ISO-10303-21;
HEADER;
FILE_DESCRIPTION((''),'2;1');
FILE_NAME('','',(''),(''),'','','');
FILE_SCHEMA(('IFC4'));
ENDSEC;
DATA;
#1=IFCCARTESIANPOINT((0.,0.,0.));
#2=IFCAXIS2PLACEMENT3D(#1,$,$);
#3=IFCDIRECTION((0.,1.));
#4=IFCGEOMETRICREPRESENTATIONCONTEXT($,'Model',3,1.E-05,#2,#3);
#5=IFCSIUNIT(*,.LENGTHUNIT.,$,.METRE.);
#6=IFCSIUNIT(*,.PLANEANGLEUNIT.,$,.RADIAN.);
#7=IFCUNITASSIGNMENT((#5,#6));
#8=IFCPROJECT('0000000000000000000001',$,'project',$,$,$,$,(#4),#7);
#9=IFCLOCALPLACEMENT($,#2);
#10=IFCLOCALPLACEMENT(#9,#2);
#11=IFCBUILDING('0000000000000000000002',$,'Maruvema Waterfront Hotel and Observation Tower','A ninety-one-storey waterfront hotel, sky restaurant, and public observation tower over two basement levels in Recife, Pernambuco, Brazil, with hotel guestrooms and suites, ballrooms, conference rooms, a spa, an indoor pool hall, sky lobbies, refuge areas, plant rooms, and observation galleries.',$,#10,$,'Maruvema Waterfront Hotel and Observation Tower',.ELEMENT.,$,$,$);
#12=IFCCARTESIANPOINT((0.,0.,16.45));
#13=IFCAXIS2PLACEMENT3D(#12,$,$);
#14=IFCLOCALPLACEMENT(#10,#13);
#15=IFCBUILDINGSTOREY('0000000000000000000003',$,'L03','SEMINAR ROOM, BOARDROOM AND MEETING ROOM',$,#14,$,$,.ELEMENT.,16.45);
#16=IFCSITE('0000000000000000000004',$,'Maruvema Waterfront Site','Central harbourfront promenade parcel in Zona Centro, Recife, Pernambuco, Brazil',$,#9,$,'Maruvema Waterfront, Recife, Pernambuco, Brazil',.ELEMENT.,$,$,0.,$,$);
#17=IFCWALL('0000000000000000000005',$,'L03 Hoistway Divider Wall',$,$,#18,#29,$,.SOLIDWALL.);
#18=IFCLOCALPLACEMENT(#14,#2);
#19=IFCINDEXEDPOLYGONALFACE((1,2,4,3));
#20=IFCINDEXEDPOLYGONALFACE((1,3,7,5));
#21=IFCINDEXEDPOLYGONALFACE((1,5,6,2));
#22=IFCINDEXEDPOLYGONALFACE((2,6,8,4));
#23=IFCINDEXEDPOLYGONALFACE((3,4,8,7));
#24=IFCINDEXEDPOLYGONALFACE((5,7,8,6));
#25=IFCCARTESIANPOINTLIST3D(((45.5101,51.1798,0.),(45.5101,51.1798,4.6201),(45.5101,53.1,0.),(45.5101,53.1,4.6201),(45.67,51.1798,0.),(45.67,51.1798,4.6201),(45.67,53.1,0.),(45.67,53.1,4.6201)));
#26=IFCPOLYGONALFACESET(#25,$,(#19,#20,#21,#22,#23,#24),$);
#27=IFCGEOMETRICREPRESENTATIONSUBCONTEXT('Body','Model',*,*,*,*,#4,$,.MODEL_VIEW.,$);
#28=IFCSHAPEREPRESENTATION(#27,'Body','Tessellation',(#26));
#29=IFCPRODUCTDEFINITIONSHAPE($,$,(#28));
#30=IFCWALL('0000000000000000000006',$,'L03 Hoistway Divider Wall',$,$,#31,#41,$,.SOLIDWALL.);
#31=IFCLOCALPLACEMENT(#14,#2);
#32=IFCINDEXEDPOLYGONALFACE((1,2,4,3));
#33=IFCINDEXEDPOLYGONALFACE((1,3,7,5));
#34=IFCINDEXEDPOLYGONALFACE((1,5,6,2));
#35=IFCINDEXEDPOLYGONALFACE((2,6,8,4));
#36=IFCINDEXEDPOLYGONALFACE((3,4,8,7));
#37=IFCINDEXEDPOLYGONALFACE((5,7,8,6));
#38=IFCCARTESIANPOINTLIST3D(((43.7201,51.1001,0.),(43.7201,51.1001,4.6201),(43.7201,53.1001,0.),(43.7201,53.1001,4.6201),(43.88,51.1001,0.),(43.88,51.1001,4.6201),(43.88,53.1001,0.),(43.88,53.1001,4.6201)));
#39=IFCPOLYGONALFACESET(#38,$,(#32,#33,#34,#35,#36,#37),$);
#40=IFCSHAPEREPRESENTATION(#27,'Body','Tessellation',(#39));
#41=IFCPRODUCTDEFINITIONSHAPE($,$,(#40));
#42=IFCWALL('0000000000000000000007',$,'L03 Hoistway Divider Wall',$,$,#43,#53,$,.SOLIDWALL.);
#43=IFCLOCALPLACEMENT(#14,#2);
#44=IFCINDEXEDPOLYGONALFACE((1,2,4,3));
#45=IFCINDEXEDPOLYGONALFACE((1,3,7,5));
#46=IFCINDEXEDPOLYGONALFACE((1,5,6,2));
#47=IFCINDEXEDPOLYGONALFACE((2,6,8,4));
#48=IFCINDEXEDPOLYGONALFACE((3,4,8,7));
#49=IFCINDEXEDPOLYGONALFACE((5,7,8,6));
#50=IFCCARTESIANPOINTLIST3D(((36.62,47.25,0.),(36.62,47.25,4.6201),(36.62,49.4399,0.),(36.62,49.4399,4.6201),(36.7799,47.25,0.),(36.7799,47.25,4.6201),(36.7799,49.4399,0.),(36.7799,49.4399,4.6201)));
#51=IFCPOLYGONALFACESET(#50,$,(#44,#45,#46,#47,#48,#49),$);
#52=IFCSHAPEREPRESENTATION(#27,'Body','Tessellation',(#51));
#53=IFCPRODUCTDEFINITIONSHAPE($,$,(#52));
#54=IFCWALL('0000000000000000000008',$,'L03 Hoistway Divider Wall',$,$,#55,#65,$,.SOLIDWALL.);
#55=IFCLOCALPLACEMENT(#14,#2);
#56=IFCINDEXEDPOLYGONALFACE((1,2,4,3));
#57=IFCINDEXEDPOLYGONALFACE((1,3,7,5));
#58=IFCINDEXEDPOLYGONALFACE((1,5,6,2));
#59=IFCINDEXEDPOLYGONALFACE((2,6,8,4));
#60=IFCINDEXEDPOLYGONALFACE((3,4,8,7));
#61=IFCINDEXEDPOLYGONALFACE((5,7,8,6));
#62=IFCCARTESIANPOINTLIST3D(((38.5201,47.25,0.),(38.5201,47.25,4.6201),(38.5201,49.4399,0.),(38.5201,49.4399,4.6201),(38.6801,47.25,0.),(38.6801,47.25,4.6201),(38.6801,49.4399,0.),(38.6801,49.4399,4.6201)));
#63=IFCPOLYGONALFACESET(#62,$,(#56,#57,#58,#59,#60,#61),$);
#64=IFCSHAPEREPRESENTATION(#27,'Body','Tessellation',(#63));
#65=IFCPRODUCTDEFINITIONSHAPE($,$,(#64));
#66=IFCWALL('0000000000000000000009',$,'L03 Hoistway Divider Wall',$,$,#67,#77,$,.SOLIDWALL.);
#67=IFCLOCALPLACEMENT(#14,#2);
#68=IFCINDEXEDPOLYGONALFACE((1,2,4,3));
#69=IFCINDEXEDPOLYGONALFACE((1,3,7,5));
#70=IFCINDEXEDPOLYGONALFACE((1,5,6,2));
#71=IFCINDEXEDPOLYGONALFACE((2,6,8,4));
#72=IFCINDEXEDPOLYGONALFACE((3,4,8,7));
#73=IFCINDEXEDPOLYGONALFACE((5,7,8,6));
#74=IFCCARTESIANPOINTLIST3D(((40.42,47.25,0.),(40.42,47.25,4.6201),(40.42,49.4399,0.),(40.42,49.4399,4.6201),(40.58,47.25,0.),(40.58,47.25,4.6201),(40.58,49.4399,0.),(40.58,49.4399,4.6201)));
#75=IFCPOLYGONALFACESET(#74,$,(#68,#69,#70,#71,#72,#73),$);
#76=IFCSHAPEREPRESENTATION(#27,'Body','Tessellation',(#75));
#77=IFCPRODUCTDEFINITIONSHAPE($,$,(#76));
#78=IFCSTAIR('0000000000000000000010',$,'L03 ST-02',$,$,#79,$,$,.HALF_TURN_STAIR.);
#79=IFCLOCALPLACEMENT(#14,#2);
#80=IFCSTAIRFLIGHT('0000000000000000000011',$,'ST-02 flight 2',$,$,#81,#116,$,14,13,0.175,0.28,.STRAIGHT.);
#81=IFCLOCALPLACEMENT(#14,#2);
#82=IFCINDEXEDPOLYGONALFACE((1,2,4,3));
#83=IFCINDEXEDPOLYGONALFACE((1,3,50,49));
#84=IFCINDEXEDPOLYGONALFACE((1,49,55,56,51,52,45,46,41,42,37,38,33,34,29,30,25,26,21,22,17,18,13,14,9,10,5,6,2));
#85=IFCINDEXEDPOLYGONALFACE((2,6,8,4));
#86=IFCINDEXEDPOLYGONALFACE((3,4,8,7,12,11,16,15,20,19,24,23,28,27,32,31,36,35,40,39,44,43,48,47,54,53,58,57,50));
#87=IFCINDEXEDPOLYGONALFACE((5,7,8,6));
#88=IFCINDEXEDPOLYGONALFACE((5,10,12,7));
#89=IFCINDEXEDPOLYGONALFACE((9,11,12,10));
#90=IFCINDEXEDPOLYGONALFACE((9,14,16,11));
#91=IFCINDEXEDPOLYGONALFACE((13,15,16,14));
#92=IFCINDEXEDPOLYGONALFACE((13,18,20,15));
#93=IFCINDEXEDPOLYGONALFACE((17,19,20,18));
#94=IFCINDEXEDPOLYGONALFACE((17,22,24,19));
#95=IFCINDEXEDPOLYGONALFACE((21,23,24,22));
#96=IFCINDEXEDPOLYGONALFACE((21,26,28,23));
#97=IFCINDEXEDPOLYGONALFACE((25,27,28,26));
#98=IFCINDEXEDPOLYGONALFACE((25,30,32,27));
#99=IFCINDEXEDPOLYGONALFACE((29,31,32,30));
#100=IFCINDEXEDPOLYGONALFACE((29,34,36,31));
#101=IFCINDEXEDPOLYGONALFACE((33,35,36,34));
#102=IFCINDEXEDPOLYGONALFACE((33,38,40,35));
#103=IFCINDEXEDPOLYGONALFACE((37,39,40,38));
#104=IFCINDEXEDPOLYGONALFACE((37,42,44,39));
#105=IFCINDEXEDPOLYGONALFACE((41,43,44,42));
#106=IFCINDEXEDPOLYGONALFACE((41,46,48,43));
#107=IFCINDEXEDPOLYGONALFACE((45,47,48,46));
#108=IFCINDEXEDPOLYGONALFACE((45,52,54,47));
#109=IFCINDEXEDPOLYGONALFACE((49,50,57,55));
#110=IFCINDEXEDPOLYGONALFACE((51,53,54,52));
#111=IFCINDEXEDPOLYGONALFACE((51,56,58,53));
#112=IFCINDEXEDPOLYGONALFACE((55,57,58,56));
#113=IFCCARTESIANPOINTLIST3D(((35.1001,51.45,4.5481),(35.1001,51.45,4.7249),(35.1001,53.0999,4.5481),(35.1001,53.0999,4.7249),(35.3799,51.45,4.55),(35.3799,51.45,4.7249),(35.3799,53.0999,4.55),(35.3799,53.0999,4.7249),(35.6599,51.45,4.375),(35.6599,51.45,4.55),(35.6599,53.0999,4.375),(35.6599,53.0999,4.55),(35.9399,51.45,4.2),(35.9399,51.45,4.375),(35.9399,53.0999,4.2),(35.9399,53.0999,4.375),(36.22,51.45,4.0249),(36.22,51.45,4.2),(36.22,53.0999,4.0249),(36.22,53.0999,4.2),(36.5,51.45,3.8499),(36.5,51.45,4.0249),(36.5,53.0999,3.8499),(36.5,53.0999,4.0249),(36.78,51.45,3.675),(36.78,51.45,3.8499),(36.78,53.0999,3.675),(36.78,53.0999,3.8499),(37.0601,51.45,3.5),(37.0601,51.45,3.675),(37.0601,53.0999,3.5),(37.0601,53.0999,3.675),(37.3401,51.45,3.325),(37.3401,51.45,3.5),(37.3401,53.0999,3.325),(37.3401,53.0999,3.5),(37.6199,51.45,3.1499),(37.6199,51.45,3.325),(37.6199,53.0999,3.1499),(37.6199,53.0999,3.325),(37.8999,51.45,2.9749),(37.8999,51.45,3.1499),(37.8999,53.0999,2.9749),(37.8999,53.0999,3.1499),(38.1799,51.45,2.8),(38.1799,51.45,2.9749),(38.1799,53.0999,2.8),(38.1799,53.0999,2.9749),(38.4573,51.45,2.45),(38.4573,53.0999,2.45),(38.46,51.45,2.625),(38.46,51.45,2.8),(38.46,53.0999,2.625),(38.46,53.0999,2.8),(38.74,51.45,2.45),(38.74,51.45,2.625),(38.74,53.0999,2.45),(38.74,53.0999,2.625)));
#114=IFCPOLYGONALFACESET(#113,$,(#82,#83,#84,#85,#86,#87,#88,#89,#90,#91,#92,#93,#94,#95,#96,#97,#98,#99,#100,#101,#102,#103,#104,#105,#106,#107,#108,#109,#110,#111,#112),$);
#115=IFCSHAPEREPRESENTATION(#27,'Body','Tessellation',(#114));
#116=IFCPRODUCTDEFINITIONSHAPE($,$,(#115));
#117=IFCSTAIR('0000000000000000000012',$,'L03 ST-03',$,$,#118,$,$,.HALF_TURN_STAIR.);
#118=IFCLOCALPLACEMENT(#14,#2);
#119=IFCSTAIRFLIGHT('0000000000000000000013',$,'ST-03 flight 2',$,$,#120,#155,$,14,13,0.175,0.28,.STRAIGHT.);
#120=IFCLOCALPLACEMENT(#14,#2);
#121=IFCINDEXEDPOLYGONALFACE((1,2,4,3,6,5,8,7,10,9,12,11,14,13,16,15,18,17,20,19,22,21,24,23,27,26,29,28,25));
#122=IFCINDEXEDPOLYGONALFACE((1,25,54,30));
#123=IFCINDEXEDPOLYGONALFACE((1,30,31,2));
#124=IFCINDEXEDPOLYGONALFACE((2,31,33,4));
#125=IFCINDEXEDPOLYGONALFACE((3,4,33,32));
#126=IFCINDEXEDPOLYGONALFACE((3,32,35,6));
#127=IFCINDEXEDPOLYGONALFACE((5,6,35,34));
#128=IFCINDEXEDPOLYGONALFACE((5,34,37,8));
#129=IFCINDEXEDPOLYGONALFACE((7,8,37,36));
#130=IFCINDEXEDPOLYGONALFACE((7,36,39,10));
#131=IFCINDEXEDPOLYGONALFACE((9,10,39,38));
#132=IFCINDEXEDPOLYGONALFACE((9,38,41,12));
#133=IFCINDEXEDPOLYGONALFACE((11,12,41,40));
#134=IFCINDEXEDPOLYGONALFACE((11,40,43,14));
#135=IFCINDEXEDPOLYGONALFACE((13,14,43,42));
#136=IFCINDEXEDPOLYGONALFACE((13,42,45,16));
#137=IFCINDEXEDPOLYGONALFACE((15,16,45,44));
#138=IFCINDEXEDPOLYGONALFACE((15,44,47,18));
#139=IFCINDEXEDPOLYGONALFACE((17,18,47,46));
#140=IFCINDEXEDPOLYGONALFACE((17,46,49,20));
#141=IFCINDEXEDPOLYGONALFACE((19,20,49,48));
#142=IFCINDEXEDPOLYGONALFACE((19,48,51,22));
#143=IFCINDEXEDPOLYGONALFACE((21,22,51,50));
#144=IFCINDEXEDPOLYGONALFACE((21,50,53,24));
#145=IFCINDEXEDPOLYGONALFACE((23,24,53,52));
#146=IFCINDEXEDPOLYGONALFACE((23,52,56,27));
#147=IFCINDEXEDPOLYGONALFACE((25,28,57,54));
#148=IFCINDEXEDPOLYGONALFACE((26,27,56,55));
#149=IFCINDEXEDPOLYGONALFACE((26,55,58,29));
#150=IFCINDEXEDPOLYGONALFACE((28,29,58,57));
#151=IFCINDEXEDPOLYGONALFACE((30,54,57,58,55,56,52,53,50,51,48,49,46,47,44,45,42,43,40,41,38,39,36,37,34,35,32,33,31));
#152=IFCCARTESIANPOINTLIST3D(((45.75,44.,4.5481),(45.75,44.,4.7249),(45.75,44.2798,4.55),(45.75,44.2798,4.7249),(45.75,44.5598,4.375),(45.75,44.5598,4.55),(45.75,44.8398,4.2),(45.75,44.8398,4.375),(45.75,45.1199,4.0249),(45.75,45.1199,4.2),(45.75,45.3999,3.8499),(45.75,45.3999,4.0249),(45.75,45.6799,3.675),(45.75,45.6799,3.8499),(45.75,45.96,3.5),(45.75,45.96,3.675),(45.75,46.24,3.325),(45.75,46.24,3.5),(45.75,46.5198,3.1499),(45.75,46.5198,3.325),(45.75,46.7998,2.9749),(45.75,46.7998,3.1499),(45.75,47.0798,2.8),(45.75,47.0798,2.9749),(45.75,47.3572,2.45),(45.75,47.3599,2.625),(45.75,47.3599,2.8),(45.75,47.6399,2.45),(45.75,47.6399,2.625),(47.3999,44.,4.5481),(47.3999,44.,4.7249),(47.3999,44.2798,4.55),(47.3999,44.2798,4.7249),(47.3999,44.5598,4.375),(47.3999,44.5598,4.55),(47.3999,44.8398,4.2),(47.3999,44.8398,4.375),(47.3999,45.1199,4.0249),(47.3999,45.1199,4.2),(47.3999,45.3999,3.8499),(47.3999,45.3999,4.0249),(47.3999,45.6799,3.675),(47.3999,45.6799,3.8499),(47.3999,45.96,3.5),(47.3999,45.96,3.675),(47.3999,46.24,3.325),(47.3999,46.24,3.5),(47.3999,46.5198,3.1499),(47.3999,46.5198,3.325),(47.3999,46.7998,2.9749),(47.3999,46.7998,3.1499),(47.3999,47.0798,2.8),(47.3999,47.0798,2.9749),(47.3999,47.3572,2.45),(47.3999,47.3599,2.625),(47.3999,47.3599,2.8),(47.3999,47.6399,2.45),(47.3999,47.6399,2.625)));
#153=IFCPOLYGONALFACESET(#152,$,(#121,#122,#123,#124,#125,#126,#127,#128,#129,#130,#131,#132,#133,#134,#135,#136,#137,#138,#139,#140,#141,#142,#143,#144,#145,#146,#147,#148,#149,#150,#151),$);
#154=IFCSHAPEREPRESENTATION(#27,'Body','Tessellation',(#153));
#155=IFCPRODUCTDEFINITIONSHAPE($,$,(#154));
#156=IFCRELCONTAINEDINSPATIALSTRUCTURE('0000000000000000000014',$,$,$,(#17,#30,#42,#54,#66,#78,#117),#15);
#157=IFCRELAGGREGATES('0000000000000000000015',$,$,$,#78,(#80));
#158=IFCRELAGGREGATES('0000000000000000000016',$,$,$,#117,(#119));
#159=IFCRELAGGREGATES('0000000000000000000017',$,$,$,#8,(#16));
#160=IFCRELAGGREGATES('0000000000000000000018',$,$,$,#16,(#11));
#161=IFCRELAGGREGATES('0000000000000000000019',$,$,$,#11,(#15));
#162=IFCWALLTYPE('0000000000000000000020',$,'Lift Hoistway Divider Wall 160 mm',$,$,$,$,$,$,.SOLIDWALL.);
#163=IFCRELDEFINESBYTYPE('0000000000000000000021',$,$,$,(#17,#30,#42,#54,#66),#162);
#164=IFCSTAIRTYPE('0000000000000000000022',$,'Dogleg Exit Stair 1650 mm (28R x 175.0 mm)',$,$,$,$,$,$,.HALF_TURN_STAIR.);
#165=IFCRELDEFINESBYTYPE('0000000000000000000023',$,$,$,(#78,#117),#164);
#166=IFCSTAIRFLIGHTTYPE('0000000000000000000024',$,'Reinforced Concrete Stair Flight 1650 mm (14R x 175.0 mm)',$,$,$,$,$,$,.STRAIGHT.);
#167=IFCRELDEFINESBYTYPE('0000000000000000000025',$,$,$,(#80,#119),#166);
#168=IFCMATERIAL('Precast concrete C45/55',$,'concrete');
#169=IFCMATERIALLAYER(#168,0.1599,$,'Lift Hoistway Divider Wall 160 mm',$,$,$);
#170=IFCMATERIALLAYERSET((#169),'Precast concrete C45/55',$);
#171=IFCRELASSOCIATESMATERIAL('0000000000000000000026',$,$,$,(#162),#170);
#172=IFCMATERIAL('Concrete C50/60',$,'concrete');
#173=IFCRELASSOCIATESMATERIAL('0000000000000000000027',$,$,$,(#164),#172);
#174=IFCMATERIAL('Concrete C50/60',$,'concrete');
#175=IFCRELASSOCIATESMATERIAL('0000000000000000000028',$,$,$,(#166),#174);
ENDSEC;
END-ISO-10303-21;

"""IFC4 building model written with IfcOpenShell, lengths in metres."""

from ifc_helpers import new_model, si_unit, direction, frame, frame_2d, origin, place, context, subcontext, project, spatial, polyline, rectangle, outline, extrude, material, layer, layer_set, type_object, element, aggregate, save


model = new_model("IFC4")

# Units and contexts
model_context = context("Model", 3, precision=1e-05, world=origin(), true_north=direction((0.0, 1.0)))
body_context = subcontext(model_context, "Body", "Model", "MODEL_VIEW")
ifc_project = project(units=[si_unit("LENGTHUNIT", "METRE"), si_unit("PLANEANGLEUNIT", "RADIAN")], contexts=[model_context])

# Site, building, storey
site_placement = place(None, origin())
site = spatial("IfcSite", under=ifc_project, at=site_placement, Name="Maruvema Waterfront Site", Description="Central harbourfront promenade parcel in Zona Centro, Recife, Pernambuco, Brazil", LongName="Maruvema Waterfront, Recife, Pernambuco, Brazil", CompositionType="ELEMENT", RefElevation=0.0)
building_placement = place(site_placement, origin())
building = spatial("IfcBuilding", under=site, at=building_placement, Name="Maruvema Waterfront Hotel and Observation Tower", Description="A ninety-one-storey waterfront hotel, sky restaurant, and public observation tower over two basement levels in Recife, Pernambuco, Brazil, with hotel guestrooms and suites, ballrooms, conference rooms, a spa, an indoor pool hall, sky lobbies, refuge areas, plant rooms, and observation galleries.", LongName="Maruvema Waterfront Hotel and Observation Tower", CompositionType="ELEMENT")
storey_placement = place(building_placement, frame((0.0, 0.0, 16.45)))
storey = spatial("IfcBuildingStorey", under=building, at=storey_placement, Name="L03", Description="SEMINAR ROOM, BOARDROOM AND MEETING ROOM", CompositionType="ELEMENT", Elevation=16.45)

# Walls
ifc_material_1 = material(Name="Precast concrete C45/55", Category="concrete")
ifc_layer_1 = layer(ifc_material_1, 0.1599, Name="Lift Hoistway Divider Wall 160 mm")
ifc_layer_set_1 = layer_set([ifc_layer_1], Name="Precast concrete C45/55")
wall_type_1 = type_object("IfcWallType", Name="Lift Hoistway Divider Wall 160 mm", PredefinedType="SOLIDWALL", material=ifc_layer_set_1)
wall_1_placement = place(storey_placement, frame((45.5901, 51.1799, 0.0), z_axis=(0.0, 0.0, 1.0), x_axis=(0.0, 1.0, 0.0)))
element("IfcWall", 1, at=wall_1_placement, inside=storey, type_object=wall_type_1, Name="L03 Hoistway Divider Wall", PredefinedType="SOLIDWALL", context=body_context, shape_type="SweptSolid", body=[
    extrude(rectangle(XDim=1.9202, YDim=0.1599, at=frame_2d((0.96, 0.0))), origin(), (0.0, 0.0, 1.0), 4.6201),
])
wall_2_placement = place(storey_placement, frame((43.8, 51.1001, 0.0), z_axis=(0.0, 0.0, 1.0), x_axis=(0.0, 1.0, 0.0)))
element("IfcWall", 2, at=wall_2_placement, inside=storey, type_object=wall_type_1, Name="L03 Hoistway Divider Wall", PredefinedType="SOLIDWALL", context=body_context, shape_type="SweptSolid", body=[
    extrude(rectangle(XDim=2.0, YDim=0.1599, at=frame_2d((1.0, 0.0))), origin(), (0.0, 0.0, 1.0), 4.6201),
])
for number, where, z_axis, x_axis, name in (
    (3, (36.7, 47.25, 0.0), (0.0, 0.0, 1.0), (0.0, 1.0, 0.0), "L03 Hoistway Divider Wall"),
    (4, (38.6001, 47.25, 0.0), (0.0, 0.0, 1.0), (0.0, 1.0, 0.0), "L03 Hoistway Divider Wall"),
    (5, (40.5, 47.25, 0.0), (0.0, 0.0, 1.0), (0.0, 1.0, 0.0), "L03 Hoistway Divider Wall"),
):
    element("IfcWall", number, at=place(storey_placement, frame(where, z_axis=z_axis, x_axis=x_axis)), inside=storey, type_object=wall_type_1, Name=name, PredefinedType="SOLIDWALL", context=body_context, shape_type="SweptSolid", body=[
        extrude(rectangle(XDim=2.1899, YDim=0.1599, at=frame_2d((1.095, 0.0))), origin(), (0.0, 0.0, 1.0), 4.6201),
    ])

# Stairs, stair flights
ifc_material_2 = material(Name="Concrete C50/60", Category="concrete")
stair_type = type_object("IfcStairType", Name="Dogleg Exit Stair 1650 mm (28R x 175.0 mm)", PredefinedType="HALF_TURN_STAIR", material=ifc_material_2)
stair_1_placement = place(storey_placement, origin())
stair_1 = element("IfcStair", 6, at=stair_1_placement, inside=storey, type_object=stair_type, Name="L03 ST-02", PredefinedType="HALF_TURN_STAIR")
ifc_material_3 = material(Name="Concrete C50/60", Category="concrete")
stair_flight_type = type_object("IfcStairFlightType", Name="Reinforced Concrete Stair Flight 1650 mm (14R x 175.0 mm)", PredefinedType="STRAIGHT", material=ifc_material_3)
stair_flight_1_placement = place(storey_placement, frame((38.74, 52.2749, 2.45), z_axis=(0.0, 0.0, 1.0), x_axis=(-1.0, 0.0, 0.0)))
stair_flight_1 = element("IfcStairFlight", 7, at=stair_flight_1_placement, type_object=stair_flight_type, Name="ST-02 flight 2", NumberOfRisers=14, NumberOfTreads=13, PredefinedType="STRAIGHT", RiserHeight=0.175, TreadLength=0.28, context=body_context, shape_type="SweptSolid", body=[
    extrude(outline(polyline([(0.0, 0.0), (0.0, 0.175), (0.28, 0.175), (0.28, 0.3501), (0.5601, 0.3501), (0.5601, 0.5249), (0.8401, 0.5249), (0.8401, 0.7), (1.1201, 0.7), (1.1201, 0.875), (1.3999, 0.875), (1.3999, 1.05), (1.6799, 1.05), (1.6799, 1.2251), (1.96, 1.2251), (1.96, 1.3999), (2.24, 1.3999), (2.24, 1.575), (2.52, 1.575), (2.52, 1.75), (2.8, 1.75), (2.8, 1.925), (3.0801, 1.925), (3.0801, 2.1001), (3.3601, 2.1001), (3.3601, 2.2749), (3.6399, 2.2749), (3.6399, 2.45), (3.6399, 2.0981), (0.2827, 0.0), (0.0, 0.0)])), frame((0.0, 0.825, 0.0), z_axis=(0.0, -1.0, 0.0), x_axis=(1.0, 0.0, 0.0)), (0.0, 0.0, 1.0), 1.6499),
])
aggregate(stair_1, [stair_flight_1])
stair_2_placement = place(storey_placement, origin())
stair_2 = element("IfcStair", 8, at=stair_2_placement, inside=storey, type_object=stair_type, Name="L03 ST-03", PredefinedType="HALF_TURN_STAIR")
stair_flight_2_placement = place(storey_placement, frame((46.575, 47.6399, 2.45), z_axis=(0.0, 0.0, 1.0), x_axis=(0.0, -1.0, 0.0)))
stair_flight_2 = element("IfcStairFlight", 9, at=stair_flight_2_placement, type_object=stair_flight_type, Name="ST-03 flight 2", NumberOfRisers=14, NumberOfTreads=13, PredefinedType="STRAIGHT", RiserHeight=0.175, TreadLength=0.28, context=body_context, shape_type="SweptSolid", body=[
    extrude(outline(polyline([(0.0, 0.0), (0.0, 0.175), (0.28, 0.175), (0.28, 0.3501), (0.5601, 0.3501), (0.5601, 0.5249), (0.8401, 0.5249), (0.8401, 0.7), (1.1201, 0.7), (1.1201, 0.875), (1.3999, 0.875), (1.3999, 1.05), (1.6799, 1.05), (1.6799, 1.2251), (1.96, 1.2251), (1.96, 1.3999), (2.24, 1.3999), (2.24, 1.575), (2.52, 1.575), (2.52, 1.75), (2.8, 1.75), (2.8, 1.925), (3.0801, 1.925), (3.0801, 2.1001), (3.3601, 2.1001), (3.3601, 2.2749), (3.6399, 2.2749), (3.6399, 2.45), (3.6399, 2.0981), (0.2827, 0.0), (0.0, 0.0)])), frame((0.0, 0.825, 0.0), z_axis=(0.0, -1.0, 0.0), x_axis=(1.0, 0.0, 0.0)), (0.0, 0.0, 1.0), 1.6499),
])
aggregate(stair_2, [stair_flight_2])

save(model, "model.ifc")
